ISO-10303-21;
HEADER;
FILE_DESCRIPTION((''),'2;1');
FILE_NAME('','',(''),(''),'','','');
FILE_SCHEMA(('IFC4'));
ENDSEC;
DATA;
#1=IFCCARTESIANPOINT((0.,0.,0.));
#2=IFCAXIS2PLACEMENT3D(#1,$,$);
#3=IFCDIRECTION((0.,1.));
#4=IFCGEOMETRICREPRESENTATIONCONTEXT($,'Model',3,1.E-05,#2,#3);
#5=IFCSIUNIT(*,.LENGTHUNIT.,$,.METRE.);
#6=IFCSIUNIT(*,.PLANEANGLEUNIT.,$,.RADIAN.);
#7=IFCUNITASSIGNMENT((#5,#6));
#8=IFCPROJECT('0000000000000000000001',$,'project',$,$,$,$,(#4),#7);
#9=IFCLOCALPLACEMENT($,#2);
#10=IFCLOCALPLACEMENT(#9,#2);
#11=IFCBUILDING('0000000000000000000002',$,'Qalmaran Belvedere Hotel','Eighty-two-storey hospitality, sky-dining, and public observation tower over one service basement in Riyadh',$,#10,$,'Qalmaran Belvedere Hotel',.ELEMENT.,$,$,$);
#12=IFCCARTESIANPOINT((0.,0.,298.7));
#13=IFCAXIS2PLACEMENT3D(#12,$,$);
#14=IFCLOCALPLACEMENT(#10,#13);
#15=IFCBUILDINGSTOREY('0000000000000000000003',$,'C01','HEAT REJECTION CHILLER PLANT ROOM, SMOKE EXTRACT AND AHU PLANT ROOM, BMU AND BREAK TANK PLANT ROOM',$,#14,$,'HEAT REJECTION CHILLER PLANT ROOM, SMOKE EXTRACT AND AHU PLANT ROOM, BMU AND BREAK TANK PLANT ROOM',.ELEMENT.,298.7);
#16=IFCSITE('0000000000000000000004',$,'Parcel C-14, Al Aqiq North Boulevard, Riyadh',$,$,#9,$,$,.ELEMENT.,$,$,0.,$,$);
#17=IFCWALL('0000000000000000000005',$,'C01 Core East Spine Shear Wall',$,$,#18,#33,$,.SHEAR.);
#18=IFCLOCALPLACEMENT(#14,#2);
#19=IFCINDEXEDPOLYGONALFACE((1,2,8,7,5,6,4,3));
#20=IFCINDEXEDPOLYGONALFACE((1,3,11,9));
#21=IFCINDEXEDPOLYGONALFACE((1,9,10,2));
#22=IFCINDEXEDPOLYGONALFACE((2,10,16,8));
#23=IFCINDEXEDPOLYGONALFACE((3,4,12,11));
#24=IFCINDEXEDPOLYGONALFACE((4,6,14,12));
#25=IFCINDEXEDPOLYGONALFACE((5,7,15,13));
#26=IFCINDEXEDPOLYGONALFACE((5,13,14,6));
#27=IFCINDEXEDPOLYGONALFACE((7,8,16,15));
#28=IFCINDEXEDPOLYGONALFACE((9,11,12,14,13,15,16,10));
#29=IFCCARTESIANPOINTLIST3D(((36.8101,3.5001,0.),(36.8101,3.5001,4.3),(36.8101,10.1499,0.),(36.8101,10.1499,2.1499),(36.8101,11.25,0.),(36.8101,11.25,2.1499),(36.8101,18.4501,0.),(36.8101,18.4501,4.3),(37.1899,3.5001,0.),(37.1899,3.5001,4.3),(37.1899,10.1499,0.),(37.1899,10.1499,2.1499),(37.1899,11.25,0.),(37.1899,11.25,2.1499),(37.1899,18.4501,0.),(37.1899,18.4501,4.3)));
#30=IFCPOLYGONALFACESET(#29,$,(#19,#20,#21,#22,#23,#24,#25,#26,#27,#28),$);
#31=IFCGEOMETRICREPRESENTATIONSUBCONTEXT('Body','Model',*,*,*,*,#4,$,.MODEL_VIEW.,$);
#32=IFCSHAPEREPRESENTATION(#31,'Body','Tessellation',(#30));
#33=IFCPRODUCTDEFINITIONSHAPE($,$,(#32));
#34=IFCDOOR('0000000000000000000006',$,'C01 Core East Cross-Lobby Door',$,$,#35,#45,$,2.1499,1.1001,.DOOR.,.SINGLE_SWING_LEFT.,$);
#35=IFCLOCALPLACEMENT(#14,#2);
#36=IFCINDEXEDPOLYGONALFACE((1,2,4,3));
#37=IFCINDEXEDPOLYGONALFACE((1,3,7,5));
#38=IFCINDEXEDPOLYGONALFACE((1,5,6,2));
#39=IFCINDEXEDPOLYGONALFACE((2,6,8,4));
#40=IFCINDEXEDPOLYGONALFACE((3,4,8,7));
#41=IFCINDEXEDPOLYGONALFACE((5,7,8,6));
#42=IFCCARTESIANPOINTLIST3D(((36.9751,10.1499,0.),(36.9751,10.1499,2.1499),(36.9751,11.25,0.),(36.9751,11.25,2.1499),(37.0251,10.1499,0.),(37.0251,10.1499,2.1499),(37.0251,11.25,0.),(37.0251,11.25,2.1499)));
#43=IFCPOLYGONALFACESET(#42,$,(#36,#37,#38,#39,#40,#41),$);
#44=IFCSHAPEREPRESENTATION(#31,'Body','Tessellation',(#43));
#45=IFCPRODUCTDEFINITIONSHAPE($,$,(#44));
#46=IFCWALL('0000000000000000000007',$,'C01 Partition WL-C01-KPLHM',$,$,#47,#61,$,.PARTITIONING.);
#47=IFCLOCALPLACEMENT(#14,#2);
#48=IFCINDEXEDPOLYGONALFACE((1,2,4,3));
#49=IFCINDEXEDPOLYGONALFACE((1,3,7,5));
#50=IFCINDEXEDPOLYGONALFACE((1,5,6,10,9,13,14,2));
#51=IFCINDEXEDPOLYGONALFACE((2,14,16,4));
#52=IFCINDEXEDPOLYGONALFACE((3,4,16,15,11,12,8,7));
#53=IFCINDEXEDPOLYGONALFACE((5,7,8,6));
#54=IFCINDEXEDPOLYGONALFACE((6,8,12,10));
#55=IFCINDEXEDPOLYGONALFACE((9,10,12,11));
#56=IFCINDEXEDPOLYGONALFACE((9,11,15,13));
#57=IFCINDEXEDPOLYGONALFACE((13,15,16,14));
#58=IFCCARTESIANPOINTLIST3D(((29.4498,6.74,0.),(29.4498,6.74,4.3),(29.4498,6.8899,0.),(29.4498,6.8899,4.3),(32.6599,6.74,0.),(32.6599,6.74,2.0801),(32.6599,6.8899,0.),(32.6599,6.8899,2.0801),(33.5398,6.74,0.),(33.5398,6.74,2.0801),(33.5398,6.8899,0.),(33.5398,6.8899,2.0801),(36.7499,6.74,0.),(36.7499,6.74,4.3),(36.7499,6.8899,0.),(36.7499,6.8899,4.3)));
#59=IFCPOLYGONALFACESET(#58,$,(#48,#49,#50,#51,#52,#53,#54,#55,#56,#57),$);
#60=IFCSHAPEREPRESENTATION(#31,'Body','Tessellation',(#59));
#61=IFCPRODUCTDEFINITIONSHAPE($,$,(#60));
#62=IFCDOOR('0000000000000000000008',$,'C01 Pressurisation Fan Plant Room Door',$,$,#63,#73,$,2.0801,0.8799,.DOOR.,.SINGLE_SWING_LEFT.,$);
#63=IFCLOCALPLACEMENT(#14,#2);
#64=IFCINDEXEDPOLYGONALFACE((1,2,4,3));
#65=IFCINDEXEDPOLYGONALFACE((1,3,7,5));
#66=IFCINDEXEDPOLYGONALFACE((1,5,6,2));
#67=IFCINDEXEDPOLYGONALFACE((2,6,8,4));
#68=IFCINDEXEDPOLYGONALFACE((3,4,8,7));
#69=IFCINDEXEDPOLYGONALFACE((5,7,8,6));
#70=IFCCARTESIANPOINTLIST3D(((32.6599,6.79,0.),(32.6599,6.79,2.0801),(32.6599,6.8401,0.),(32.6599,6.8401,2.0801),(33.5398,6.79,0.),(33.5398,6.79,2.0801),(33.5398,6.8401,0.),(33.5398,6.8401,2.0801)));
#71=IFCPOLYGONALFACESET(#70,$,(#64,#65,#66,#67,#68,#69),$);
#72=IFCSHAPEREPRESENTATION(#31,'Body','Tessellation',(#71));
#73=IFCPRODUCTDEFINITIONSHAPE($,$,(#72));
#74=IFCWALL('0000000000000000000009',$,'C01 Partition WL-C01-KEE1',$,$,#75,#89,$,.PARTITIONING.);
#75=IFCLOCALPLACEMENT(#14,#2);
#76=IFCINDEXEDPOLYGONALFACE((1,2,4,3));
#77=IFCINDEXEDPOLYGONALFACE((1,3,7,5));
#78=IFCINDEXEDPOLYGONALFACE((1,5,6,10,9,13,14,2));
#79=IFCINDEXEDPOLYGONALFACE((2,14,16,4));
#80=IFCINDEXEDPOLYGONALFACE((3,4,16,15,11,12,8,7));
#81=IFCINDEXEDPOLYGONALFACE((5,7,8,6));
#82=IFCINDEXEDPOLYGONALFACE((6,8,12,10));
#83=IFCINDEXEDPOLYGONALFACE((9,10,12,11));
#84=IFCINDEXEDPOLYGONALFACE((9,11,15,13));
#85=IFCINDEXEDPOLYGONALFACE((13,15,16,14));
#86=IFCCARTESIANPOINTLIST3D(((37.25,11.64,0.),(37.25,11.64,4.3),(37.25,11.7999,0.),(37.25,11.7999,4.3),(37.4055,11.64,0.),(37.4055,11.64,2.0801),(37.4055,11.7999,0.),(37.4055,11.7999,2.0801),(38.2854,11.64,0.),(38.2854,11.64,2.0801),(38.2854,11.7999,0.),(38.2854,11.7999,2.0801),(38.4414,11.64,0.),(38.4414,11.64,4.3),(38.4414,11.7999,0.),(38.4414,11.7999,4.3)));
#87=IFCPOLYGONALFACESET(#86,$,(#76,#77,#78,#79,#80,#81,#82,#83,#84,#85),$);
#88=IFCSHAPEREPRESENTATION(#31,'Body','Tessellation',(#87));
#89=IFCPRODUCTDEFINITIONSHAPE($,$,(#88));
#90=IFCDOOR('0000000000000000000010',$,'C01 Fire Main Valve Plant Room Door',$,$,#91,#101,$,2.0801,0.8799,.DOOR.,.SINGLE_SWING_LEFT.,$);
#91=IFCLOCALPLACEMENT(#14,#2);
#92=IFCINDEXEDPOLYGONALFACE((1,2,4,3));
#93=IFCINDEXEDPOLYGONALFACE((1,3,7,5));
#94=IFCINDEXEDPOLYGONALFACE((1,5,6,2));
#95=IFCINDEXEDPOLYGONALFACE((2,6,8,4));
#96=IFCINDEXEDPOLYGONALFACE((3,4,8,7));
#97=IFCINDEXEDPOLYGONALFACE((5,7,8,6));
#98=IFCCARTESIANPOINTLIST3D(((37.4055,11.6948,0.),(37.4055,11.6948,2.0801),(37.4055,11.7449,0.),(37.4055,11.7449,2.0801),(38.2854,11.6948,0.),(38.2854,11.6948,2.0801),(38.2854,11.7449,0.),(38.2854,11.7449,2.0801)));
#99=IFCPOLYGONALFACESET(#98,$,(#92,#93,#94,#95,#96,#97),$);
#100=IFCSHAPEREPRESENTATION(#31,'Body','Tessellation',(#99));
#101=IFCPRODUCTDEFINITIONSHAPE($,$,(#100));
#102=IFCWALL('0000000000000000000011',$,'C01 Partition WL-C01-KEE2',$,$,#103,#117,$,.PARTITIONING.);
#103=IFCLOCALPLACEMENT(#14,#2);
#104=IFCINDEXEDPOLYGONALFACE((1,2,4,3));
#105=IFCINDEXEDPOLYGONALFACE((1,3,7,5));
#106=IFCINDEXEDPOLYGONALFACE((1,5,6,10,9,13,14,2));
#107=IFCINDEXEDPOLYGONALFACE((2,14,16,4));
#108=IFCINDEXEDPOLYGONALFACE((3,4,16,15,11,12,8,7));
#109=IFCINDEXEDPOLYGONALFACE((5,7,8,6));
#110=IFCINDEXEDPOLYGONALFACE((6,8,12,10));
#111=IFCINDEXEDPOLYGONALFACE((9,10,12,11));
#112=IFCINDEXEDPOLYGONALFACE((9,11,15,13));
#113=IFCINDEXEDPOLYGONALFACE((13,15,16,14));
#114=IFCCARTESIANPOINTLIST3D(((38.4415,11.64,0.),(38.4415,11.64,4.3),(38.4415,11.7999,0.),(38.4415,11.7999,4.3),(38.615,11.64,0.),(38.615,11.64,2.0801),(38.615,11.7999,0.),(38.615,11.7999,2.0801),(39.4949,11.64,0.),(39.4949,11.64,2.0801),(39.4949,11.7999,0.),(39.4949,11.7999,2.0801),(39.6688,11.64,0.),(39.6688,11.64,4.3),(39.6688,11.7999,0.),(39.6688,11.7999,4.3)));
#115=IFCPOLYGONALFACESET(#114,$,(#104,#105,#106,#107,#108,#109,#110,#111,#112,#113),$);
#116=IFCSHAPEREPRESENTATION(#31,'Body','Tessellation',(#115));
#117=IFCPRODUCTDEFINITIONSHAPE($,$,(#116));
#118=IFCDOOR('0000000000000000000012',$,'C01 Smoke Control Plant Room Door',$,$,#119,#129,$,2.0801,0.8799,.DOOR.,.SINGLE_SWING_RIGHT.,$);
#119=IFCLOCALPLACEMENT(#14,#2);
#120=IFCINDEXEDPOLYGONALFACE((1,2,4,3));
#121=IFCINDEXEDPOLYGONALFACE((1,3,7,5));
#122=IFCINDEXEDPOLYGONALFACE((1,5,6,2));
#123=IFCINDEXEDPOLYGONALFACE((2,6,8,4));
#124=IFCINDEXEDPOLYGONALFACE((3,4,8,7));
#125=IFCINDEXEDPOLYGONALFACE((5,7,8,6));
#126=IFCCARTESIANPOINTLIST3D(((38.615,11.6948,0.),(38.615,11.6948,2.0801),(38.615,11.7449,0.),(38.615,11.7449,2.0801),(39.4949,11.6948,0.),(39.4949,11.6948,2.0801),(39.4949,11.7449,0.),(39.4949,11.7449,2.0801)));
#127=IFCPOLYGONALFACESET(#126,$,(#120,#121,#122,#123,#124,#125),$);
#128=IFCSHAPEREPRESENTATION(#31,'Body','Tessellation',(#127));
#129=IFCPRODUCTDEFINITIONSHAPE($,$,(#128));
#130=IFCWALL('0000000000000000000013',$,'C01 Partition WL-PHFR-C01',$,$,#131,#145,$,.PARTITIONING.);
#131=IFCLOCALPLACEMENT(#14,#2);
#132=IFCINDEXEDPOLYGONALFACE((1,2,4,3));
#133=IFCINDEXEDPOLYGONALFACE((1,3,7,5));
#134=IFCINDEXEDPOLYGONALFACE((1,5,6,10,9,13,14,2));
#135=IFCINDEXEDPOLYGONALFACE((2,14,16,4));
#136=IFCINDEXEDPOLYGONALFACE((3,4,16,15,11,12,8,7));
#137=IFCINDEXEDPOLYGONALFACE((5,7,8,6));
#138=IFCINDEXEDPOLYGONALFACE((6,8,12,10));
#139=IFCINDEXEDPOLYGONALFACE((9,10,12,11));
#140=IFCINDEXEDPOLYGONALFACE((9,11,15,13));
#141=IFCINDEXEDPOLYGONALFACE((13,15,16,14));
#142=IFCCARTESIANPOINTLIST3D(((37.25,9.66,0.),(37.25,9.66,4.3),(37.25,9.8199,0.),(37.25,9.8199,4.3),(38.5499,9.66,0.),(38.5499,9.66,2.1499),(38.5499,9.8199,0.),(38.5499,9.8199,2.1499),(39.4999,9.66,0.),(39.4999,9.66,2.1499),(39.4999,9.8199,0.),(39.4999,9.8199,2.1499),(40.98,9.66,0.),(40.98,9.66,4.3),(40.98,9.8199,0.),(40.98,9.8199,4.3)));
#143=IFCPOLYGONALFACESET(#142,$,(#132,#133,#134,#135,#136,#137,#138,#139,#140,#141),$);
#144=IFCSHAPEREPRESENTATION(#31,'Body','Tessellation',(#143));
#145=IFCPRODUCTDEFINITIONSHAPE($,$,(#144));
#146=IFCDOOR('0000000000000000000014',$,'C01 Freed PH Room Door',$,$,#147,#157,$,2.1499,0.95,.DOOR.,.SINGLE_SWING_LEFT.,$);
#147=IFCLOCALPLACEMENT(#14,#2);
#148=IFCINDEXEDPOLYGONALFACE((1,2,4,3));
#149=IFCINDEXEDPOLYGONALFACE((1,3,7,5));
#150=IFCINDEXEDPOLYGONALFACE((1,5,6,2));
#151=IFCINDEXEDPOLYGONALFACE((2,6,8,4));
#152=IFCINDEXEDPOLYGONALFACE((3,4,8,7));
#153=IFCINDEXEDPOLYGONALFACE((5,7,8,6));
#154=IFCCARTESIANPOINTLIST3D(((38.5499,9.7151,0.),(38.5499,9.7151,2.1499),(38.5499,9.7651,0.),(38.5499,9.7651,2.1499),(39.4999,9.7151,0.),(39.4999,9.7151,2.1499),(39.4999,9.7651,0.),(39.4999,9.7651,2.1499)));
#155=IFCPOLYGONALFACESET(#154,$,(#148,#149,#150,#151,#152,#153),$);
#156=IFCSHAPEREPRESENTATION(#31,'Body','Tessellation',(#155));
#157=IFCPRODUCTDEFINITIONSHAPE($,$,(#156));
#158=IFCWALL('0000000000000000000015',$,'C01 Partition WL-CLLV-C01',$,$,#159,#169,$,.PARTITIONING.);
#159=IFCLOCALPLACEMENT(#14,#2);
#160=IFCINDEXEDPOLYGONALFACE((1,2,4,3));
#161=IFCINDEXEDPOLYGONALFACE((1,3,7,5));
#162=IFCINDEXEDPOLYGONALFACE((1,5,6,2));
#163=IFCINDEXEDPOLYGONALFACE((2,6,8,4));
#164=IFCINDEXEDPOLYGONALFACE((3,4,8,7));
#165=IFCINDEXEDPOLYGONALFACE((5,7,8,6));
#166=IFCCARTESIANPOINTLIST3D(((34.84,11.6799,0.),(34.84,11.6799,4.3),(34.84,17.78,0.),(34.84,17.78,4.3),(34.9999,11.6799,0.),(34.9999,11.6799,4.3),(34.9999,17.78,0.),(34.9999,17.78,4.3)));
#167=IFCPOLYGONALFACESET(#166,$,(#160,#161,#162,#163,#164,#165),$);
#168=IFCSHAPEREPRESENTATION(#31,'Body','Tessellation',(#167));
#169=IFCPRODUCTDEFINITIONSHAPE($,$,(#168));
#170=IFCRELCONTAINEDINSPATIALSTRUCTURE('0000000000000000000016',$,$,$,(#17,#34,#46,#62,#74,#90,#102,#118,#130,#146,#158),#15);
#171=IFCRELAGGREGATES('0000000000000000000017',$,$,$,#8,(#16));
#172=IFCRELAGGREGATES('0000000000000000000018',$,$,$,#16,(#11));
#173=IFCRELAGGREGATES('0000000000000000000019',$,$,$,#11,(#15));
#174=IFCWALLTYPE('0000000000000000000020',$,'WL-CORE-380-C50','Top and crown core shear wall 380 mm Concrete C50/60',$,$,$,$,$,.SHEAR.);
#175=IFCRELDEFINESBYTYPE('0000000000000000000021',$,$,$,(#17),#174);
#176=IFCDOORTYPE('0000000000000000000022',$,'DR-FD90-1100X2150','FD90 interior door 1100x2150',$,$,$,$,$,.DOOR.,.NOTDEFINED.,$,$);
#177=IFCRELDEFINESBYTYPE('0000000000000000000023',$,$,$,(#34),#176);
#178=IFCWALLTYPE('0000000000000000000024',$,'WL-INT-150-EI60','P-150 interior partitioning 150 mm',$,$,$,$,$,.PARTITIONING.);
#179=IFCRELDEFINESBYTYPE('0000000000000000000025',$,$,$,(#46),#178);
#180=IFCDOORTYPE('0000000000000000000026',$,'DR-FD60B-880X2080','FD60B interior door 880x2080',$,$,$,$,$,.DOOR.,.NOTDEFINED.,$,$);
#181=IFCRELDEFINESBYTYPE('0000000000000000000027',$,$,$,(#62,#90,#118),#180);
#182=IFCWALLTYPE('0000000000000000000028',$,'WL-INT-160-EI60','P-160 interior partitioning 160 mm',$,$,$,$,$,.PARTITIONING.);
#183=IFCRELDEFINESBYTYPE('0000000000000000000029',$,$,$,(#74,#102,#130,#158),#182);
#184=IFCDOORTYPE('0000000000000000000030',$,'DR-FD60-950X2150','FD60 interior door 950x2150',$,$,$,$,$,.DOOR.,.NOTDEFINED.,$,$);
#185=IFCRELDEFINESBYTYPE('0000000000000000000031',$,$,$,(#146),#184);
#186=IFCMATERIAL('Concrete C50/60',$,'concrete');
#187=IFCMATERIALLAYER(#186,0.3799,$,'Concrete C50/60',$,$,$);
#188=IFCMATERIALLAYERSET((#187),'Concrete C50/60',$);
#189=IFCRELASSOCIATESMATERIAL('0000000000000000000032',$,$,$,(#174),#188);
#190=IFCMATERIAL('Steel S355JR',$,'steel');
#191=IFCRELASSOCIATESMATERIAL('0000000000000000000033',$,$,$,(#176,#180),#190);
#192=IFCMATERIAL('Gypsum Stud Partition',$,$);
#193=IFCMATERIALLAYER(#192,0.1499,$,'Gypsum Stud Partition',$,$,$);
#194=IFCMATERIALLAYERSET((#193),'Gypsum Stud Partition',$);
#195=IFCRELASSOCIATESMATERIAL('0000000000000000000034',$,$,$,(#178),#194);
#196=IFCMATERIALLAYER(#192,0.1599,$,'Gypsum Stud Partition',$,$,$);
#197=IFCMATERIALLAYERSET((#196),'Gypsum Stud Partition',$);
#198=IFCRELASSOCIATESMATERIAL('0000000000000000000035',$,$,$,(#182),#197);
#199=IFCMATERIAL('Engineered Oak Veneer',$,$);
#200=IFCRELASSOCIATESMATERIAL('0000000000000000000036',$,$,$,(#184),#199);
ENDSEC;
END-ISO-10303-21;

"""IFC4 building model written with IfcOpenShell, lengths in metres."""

from ifc_helpers import new_model, si_unit, direction, frame, frame_2d, origin, place, context, subcontext, project, spatial, rectangle, extrude, material, layer, layer_set, type_object, element, fill, save


model = new_model("IFC4")

# Units and contexts
model_context = context("Model", 3, precision=1e-05, world=origin(), true_north=direction((0.0, 1.0)))
body_context = subcontext(model_context, "Body", "Model", "MODEL_VIEW")
ifc_project = project(units=[si_unit("LENGTHUNIT", "METRE"), si_unit("PLANEANGLEUNIT", "RADIAN")], contexts=[model_context])

# Site, building, storey
site_placement = place(None, origin())
site = spatial("IfcSite", under=ifc_project, at=site_placement, Name="Parcel C-14, Al Aqiq North Boulevard, Riyadh", CompositionType="ELEMENT", RefElevation=0.0)
building_placement = place(site_placement, origin())
building = spatial("IfcBuilding", under=site, at=building_placement, Name="Qalmaran Belvedere Hotel", Description="Eighty-two-storey hospitality, sky-dining, and public observation tower over one service basement in Riyadh", LongName="Qalmaran Belvedere Hotel", CompositionType="ELEMENT")
storey_placement = place(building_placement, frame((0.0, 0.0, 298.7)))
storey = spatial("IfcBuildingStorey", under=building, at=storey_placement, Name="C01", Description="HEAT REJECTION CHILLER PLANT ROOM, SMOKE EXTRACT AND AHU PLANT ROOM, BMU AND BREAK TANK PLANT ROOM", LongName="HEAT REJECTION CHILLER PLANT ROOM, SMOKE EXTRACT AND AHU PLANT ROOM, BMU AND BREAK TANK PLANT ROOM", CompositionType="ELEMENT", Elevation=298.7)

# Wall, opening, door
ifc_material_1 = material(Name="Concrete C50/60", Category="concrete")
ifc_layer_1 = layer(ifc_material_1, 0.3799, Name="Concrete C50/60")
ifc_layer_set_1 = layer_set([ifc_layer_1], Name="Concrete C50/60")
wall_type_1 = type_object("IfcWallType", Name="WL-CORE-380-C50", Description="Top and crown core shear wall 380 mm Concrete C50/60", PredefinedType="SHEAR", material=ifc_layer_set_1)
wall_1_placement = place(storey_placement, frame((37.0, 3.5, 0.0), z_axis=(0.0, 0.0, 1.0), x_axis=(0.0, 1.0, 0.0)))
wall_1 = element("IfcWall", 1, at=wall_1_placement, inside=storey, type_object=wall_type_1, Name="C01 Core East Spine Shear Wall", PredefinedType="SHEAR", context=body_context, shape_type="SweptSolid", body=[
    extrude(rectangle(XDim=14.95, YDim=0.3799, at=frame_2d((7.4751, 0.0))), origin(), (0.0, 0.0, 1.0), 4.3),
])
opening_1_placement = place(wall_1_placement, frame((6.6499, 0.0, 0.0)))
opening_1 = element("IfcOpeningElement", 2, at=opening_1_placement, cuts=wall_1, PredefinedType="OPENING", context=body_context, shape_type="SweptSolid", body=[
    extrude(rectangle(XDim=1.1001, YDim=2.1499, at=frame_2d((0.55, 1.075))), frame((0.0, 0.2, 0.0), z_axis=(0.0, -1.0, 0.0), x_axis=(1.0, 0.0, 0.0)), (0.0, 0.0, 1.0), 0.3999),
])
ifc_material_2 = material(Name="Steel S355JR", Category="steel")
door_type_1 = type_object("IfcDoorType", Name="DR-FD90-1100X2150", Description="FD90 interior door 1100x2150", OperationType="NOTDEFINED", PredefinedType="DOOR", material=ifc_material_2)
door_1_placement = place(opening_1_placement, origin())
door_1 = element("IfcDoor", 3, at=door_1_placement, inside=storey, type_object=door_type_1, Name="C01 Core East Cross-Lobby Door", OperationType="SINGLE_SWING_LEFT", OverallHeight=2.1499, OverallWidth=1.1001, PredefinedType="DOOR", context=body_context, shape_type="SweptSolid", body=[
    extrude(rectangle(XDim=1.1001, YDim=2.1499, at=frame_2d((0.55, 1.075))), frame((0.0, 0.0249, 0.0), z_axis=(0.0, -1.0, 0.0), x_axis=(1.0, 0.0, 0.0)), (0.0, 0.0, 1.0), 0.05),
])
fill(opening_1, door_1)

# Shared definitions
ifc_material_3 = material(Name="Gypsum Stud Partition")
ifc_layer_2 = layer(ifc_material_3, 0.1499, Name="Gypsum Stud Partition")
ifc_layer_set_2 = layer_set([ifc_layer_2], Name="Gypsum Stud Partition")
wall_type_2 = type_object("IfcWallType", Name="WL-INT-150-EI60", Description="P-150 interior partitioning 150 mm", PredefinedType="PARTITIONING", material=ifc_layer_set_2)

# Walls, openings, doors
wall_2_placement = place(storey_placement, frame((29.45, 6.8149, 0.0), z_axis=(0.0, 0.0, 1.0), x_axis=(1.0, 0.0, 0.0)))
wall_2 = element("IfcWall", 4, at=wall_2_placement, inside=storey, type_object=wall_type_2, Name="C01 Partition WL-C01-KPLHM", PredefinedType="PARTITIONING", context=body_context, shape_type="SweptSolid", body=[
    extrude(rectangle(XDim=7.3, YDim=0.1499, at=frame_2d((3.6499, 0.0))), origin(), (0.0, 0.0, 1.0), 4.3),
])
opening_2_placement = place(wall_2_placement, frame((4.0898, 0.0, 0.0), z_axis=(0.0, 0.0, 1.0), x_axis=(-1.0, 0.0, 0.0)))
opening_2 = element("IfcOpeningElement", 5, at=opening_2_placement, cuts=wall_2, PredefinedType="OPENING", context=body_context, shape_type="SweptSolid", body=[
    extrude(rectangle(XDim=0.8799, YDim=2.0801, at=frame_2d((0.4399, 1.04))), frame((0.0, 0.085, 0.0), z_axis=(0.0, -1.0, 0.0), x_axis=(1.0, 0.0, 0.0)), (0.0, 0.0, 1.0), 0.1699),
])
door_type_2 = type_object("IfcDoorType", Name="DR-FD60B-880X2080", Description="FD60B interior door 880x2080", OperationType="NOTDEFINED", PredefinedType="DOOR", material=ifc_material_2)
door_2_placement = place(opening_2_placement, origin())
door_2 = element("IfcDoor", 6, at=door_2_placement, inside=storey, type_object=door_type_2, Name="C01 Pressurisation Fan Plant Room Door", OperationType="SINGLE_SWING_LEFT", OverallHeight=2.0801, OverallWidth=0.8799, PredefinedType="DOOR", context=body_context, shape_type="SweptSolid", body=[
    extrude(rectangle(XDim=0.8799, YDim=2.0801, at=frame_2d((0.4399, 1.04))), frame((0.0, 0.0249, 0.0), z_axis=(0.0, -1.0, 0.0), x_axis=(1.0, 0.0, 0.0)), (0.0, 0.0, 1.0), 0.05),
])
fill(opening_2, door_2)
ifc_layer_3 = layer(ifc_material_3, 0.1599, Name="Gypsum Stud Partition")
ifc_layer_set_3 = layer_set([ifc_layer_3], Name="Gypsum Stud Partition")
wall_type_3 = type_object("IfcWallType", Name="WL-INT-160-EI60", Description="P-160 interior partitioning 160 mm", PredefinedType="PARTITIONING", material=ifc_layer_set_3)
wall_3_placement = place(storey_placement, frame((37.25, 11.72, 0.0), z_axis=(0.0, 0.0, 1.0), x_axis=(1.0, 0.0, 0.0)))
wall_3 = element("IfcWall", 7, at=wall_3_placement, inside=storey, type_object=wall_type_3, Name="C01 Partition WL-C01-KEE1", PredefinedType="PARTITIONING", context=body_context, shape_type="SweptSolid", body=[
    extrude(rectangle(XDim=1.1914, YDim=0.1599, at=frame_2d((0.5957, 0.0))), origin(), (0.0, 0.0, 1.0), 4.3),
])
opening_3_placement = place(wall_3_placement, frame((0.1555, 0.0, 0.0)))
opening_3 = element("IfcOpeningElement", 8, at=opening_3_placement, cuts=wall_3, PredefinedType="OPENING", context=body_context, shape_type="SweptSolid", body=[
    extrude(rectangle(XDim=0.8799, YDim=2.0801, at=frame_2d((0.4399, 1.04))), frame((0.0, 0.0898, 0.0), z_axis=(0.0, -1.0, 0.0), x_axis=(1.0, 0.0, 0.0)), (0.0, 0.0, 1.0), 0.1799),
])
door_3_placement = place(opening_3_placement, origin())
door_3 = element("IfcDoor", 9, at=door_3_placement, inside=storey, type_object=door_type_2, Name="C01 Fire Main Valve Plant Room Door", OperationType="SINGLE_SWING_LEFT", OverallHeight=2.0801, OverallWidth=0.8799, PredefinedType="DOOR", context=body_context, shape_type="SweptSolid", body=[
    extrude(rectangle(XDim=0.8799, YDim=2.0801, at=frame_2d((0.4399, 1.04))), frame((0.0, 0.0249, 0.0), z_axis=(0.0, -1.0, 0.0), x_axis=(1.0, 0.0, 0.0)), (0.0, 0.0, 1.0), 0.05),
])
fill(opening_3, door_3)
wall_4_placement = place(storey_placement, frame((38.4414, 11.72, 0.0), z_axis=(0.0, 0.0, 1.0), x_axis=(1.0, 0.0, 0.0)))
wall_4 = element("IfcWall", 10, at=wall_4_placement, inside=storey, type_object=wall_type_3, Name="C01 Partition WL-C01-KEE2", PredefinedType="PARTITIONING", context=body_context, shape_type="SweptSolid", body=[
    extrude(rectangle(XDim=1.2273, YDim=0.1599, at=frame_2d((0.6138, 0.0))), origin(), (0.0, 0.0, 1.0), 4.3),
])
opening_4_placement = place(wall_4_placement, frame((0.1736, 0.0, 0.0)))
opening_4 = element("IfcOpeningElement", 11, at=opening_4_placement, cuts=wall_4, PredefinedType="OPENING", context=body_context, shape_type="SweptSolid", body=[
    extrude(rectangle(XDim=0.8799, YDim=2.0801, at=frame_2d((0.4399, 1.04))), frame((0.0, 0.0898, 0.0), z_axis=(0.0, -1.0, 0.0), x_axis=(1.0, 0.0, 0.0)), (0.0, 0.0, 1.0), 0.1799),
])
door_4_placement = place(opening_4_placement, origin())
door_4 = element("IfcDoor", 12, at=door_4_placement, inside=storey, type_object=door_type_2, Name="C01 Smoke Control Plant Room Door", OperationType="SINGLE_SWING_RIGHT", OverallHeight=2.0801, OverallWidth=0.8799, PredefinedType="DOOR", context=body_context, shape_type="SweptSolid", body=[
    extrude(rectangle(XDim=0.8799, YDim=2.0801, at=frame_2d((0.4399, 1.04))), frame((0.0, 0.0249, 0.0), z_axis=(0.0, -1.0, 0.0), x_axis=(1.0, 0.0, 0.0)), (0.0, 0.0, 1.0), 0.05),
])
fill(opening_4, door_4)
wall_5_placement = place(storey_placement, frame((37.25, 9.74, 0.0), z_axis=(0.0, 0.0, 1.0), x_axis=(1.0, 0.0, 0.0)))
wall_5 = element("IfcWall", 13, at=wall_5_placement, inside=storey, type_object=wall_type_3, Name="C01 Partition WL-PHFR-C01", PredefinedType="PARTITIONING", context=body_context, shape_type="SweptSolid", body=[
    extrude(rectangle(XDim=3.73, YDim=0.1599, at=frame_2d((1.865, 0.0))), origin(), (0.0, 0.0, 1.0), 4.3),
])
opening_5_placement = place(wall_5_placement, frame((2.25, 0.0, 0.0), z_axis=(0.0, 0.0, 1.0), x_axis=(-1.0, 0.0, 0.0)))
opening_5 = element("IfcOpeningElement", 14, at=opening_5_placement, cuts=wall_5, PredefinedType="OPENING", context=body_context, shape_type="SweptSolid", body=[
    extrude(rectangle(XDim=0.95, YDim=2.1499, at=frame_2d((0.4751, 1.075))), frame((0.0, 0.0898, 0.0), z_axis=(0.0, -1.0, 0.0), x_axis=(1.0, 0.0, 0.0)), (0.0, 0.0, 1.0), 0.1799),
])
ifc_material_4 = material(Name="Engineered Oak Veneer")
door_type_3 = type_object("IfcDoorType", Name="DR-FD60-950X2150", Description="FD60 interior door 950x2150", OperationType="NOTDEFINED", PredefinedType="DOOR", material=ifc_material_4)
door_5_placement = place(opening_5_placement, origin())
door_5 = element("IfcDoor", 15, at=door_5_placement, inside=storey, type_object=door_type_3, Name="C01 Freed PH Room Door", OperationType="SINGLE_SWING_LEFT", OverallHeight=2.1499, OverallWidth=0.95, PredefinedType="DOOR", context=body_context, shape_type="SweptSolid", body=[
    extrude(rectangle(XDim=0.95, YDim=2.1499, at=frame_2d((0.4751, 1.075))), frame((0.0, 0.0249, 0.0), z_axis=(0.0, -1.0, 0.0), x_axis=(1.0, 0.0, 0.0)), (0.0, 0.0, 1.0), 0.05),
])
fill(opening_5, door_5)

# Wall
wall_6_placement = place(storey_placement, frame((34.9199, 11.6799, 0.0), z_axis=(0.0, 0.0, 1.0), x_axis=(0.0, 1.0, 0.0)))
element("IfcWall", 16, at=wall_6_placement, inside=storey, type_object=wall_type_3, Name="C01 Partition WL-CLLV-C01", PredefinedType="PARTITIONING", context=body_context, shape_type="SweptSolid", body=[
    extrude(rectangle(XDim=6.1001, YDim=0.1599, at=frame_2d((3.05, 0.0))), origin(), (0.0, 0.0, 1.0), 4.3),
])

save(model, "model.ifc")
